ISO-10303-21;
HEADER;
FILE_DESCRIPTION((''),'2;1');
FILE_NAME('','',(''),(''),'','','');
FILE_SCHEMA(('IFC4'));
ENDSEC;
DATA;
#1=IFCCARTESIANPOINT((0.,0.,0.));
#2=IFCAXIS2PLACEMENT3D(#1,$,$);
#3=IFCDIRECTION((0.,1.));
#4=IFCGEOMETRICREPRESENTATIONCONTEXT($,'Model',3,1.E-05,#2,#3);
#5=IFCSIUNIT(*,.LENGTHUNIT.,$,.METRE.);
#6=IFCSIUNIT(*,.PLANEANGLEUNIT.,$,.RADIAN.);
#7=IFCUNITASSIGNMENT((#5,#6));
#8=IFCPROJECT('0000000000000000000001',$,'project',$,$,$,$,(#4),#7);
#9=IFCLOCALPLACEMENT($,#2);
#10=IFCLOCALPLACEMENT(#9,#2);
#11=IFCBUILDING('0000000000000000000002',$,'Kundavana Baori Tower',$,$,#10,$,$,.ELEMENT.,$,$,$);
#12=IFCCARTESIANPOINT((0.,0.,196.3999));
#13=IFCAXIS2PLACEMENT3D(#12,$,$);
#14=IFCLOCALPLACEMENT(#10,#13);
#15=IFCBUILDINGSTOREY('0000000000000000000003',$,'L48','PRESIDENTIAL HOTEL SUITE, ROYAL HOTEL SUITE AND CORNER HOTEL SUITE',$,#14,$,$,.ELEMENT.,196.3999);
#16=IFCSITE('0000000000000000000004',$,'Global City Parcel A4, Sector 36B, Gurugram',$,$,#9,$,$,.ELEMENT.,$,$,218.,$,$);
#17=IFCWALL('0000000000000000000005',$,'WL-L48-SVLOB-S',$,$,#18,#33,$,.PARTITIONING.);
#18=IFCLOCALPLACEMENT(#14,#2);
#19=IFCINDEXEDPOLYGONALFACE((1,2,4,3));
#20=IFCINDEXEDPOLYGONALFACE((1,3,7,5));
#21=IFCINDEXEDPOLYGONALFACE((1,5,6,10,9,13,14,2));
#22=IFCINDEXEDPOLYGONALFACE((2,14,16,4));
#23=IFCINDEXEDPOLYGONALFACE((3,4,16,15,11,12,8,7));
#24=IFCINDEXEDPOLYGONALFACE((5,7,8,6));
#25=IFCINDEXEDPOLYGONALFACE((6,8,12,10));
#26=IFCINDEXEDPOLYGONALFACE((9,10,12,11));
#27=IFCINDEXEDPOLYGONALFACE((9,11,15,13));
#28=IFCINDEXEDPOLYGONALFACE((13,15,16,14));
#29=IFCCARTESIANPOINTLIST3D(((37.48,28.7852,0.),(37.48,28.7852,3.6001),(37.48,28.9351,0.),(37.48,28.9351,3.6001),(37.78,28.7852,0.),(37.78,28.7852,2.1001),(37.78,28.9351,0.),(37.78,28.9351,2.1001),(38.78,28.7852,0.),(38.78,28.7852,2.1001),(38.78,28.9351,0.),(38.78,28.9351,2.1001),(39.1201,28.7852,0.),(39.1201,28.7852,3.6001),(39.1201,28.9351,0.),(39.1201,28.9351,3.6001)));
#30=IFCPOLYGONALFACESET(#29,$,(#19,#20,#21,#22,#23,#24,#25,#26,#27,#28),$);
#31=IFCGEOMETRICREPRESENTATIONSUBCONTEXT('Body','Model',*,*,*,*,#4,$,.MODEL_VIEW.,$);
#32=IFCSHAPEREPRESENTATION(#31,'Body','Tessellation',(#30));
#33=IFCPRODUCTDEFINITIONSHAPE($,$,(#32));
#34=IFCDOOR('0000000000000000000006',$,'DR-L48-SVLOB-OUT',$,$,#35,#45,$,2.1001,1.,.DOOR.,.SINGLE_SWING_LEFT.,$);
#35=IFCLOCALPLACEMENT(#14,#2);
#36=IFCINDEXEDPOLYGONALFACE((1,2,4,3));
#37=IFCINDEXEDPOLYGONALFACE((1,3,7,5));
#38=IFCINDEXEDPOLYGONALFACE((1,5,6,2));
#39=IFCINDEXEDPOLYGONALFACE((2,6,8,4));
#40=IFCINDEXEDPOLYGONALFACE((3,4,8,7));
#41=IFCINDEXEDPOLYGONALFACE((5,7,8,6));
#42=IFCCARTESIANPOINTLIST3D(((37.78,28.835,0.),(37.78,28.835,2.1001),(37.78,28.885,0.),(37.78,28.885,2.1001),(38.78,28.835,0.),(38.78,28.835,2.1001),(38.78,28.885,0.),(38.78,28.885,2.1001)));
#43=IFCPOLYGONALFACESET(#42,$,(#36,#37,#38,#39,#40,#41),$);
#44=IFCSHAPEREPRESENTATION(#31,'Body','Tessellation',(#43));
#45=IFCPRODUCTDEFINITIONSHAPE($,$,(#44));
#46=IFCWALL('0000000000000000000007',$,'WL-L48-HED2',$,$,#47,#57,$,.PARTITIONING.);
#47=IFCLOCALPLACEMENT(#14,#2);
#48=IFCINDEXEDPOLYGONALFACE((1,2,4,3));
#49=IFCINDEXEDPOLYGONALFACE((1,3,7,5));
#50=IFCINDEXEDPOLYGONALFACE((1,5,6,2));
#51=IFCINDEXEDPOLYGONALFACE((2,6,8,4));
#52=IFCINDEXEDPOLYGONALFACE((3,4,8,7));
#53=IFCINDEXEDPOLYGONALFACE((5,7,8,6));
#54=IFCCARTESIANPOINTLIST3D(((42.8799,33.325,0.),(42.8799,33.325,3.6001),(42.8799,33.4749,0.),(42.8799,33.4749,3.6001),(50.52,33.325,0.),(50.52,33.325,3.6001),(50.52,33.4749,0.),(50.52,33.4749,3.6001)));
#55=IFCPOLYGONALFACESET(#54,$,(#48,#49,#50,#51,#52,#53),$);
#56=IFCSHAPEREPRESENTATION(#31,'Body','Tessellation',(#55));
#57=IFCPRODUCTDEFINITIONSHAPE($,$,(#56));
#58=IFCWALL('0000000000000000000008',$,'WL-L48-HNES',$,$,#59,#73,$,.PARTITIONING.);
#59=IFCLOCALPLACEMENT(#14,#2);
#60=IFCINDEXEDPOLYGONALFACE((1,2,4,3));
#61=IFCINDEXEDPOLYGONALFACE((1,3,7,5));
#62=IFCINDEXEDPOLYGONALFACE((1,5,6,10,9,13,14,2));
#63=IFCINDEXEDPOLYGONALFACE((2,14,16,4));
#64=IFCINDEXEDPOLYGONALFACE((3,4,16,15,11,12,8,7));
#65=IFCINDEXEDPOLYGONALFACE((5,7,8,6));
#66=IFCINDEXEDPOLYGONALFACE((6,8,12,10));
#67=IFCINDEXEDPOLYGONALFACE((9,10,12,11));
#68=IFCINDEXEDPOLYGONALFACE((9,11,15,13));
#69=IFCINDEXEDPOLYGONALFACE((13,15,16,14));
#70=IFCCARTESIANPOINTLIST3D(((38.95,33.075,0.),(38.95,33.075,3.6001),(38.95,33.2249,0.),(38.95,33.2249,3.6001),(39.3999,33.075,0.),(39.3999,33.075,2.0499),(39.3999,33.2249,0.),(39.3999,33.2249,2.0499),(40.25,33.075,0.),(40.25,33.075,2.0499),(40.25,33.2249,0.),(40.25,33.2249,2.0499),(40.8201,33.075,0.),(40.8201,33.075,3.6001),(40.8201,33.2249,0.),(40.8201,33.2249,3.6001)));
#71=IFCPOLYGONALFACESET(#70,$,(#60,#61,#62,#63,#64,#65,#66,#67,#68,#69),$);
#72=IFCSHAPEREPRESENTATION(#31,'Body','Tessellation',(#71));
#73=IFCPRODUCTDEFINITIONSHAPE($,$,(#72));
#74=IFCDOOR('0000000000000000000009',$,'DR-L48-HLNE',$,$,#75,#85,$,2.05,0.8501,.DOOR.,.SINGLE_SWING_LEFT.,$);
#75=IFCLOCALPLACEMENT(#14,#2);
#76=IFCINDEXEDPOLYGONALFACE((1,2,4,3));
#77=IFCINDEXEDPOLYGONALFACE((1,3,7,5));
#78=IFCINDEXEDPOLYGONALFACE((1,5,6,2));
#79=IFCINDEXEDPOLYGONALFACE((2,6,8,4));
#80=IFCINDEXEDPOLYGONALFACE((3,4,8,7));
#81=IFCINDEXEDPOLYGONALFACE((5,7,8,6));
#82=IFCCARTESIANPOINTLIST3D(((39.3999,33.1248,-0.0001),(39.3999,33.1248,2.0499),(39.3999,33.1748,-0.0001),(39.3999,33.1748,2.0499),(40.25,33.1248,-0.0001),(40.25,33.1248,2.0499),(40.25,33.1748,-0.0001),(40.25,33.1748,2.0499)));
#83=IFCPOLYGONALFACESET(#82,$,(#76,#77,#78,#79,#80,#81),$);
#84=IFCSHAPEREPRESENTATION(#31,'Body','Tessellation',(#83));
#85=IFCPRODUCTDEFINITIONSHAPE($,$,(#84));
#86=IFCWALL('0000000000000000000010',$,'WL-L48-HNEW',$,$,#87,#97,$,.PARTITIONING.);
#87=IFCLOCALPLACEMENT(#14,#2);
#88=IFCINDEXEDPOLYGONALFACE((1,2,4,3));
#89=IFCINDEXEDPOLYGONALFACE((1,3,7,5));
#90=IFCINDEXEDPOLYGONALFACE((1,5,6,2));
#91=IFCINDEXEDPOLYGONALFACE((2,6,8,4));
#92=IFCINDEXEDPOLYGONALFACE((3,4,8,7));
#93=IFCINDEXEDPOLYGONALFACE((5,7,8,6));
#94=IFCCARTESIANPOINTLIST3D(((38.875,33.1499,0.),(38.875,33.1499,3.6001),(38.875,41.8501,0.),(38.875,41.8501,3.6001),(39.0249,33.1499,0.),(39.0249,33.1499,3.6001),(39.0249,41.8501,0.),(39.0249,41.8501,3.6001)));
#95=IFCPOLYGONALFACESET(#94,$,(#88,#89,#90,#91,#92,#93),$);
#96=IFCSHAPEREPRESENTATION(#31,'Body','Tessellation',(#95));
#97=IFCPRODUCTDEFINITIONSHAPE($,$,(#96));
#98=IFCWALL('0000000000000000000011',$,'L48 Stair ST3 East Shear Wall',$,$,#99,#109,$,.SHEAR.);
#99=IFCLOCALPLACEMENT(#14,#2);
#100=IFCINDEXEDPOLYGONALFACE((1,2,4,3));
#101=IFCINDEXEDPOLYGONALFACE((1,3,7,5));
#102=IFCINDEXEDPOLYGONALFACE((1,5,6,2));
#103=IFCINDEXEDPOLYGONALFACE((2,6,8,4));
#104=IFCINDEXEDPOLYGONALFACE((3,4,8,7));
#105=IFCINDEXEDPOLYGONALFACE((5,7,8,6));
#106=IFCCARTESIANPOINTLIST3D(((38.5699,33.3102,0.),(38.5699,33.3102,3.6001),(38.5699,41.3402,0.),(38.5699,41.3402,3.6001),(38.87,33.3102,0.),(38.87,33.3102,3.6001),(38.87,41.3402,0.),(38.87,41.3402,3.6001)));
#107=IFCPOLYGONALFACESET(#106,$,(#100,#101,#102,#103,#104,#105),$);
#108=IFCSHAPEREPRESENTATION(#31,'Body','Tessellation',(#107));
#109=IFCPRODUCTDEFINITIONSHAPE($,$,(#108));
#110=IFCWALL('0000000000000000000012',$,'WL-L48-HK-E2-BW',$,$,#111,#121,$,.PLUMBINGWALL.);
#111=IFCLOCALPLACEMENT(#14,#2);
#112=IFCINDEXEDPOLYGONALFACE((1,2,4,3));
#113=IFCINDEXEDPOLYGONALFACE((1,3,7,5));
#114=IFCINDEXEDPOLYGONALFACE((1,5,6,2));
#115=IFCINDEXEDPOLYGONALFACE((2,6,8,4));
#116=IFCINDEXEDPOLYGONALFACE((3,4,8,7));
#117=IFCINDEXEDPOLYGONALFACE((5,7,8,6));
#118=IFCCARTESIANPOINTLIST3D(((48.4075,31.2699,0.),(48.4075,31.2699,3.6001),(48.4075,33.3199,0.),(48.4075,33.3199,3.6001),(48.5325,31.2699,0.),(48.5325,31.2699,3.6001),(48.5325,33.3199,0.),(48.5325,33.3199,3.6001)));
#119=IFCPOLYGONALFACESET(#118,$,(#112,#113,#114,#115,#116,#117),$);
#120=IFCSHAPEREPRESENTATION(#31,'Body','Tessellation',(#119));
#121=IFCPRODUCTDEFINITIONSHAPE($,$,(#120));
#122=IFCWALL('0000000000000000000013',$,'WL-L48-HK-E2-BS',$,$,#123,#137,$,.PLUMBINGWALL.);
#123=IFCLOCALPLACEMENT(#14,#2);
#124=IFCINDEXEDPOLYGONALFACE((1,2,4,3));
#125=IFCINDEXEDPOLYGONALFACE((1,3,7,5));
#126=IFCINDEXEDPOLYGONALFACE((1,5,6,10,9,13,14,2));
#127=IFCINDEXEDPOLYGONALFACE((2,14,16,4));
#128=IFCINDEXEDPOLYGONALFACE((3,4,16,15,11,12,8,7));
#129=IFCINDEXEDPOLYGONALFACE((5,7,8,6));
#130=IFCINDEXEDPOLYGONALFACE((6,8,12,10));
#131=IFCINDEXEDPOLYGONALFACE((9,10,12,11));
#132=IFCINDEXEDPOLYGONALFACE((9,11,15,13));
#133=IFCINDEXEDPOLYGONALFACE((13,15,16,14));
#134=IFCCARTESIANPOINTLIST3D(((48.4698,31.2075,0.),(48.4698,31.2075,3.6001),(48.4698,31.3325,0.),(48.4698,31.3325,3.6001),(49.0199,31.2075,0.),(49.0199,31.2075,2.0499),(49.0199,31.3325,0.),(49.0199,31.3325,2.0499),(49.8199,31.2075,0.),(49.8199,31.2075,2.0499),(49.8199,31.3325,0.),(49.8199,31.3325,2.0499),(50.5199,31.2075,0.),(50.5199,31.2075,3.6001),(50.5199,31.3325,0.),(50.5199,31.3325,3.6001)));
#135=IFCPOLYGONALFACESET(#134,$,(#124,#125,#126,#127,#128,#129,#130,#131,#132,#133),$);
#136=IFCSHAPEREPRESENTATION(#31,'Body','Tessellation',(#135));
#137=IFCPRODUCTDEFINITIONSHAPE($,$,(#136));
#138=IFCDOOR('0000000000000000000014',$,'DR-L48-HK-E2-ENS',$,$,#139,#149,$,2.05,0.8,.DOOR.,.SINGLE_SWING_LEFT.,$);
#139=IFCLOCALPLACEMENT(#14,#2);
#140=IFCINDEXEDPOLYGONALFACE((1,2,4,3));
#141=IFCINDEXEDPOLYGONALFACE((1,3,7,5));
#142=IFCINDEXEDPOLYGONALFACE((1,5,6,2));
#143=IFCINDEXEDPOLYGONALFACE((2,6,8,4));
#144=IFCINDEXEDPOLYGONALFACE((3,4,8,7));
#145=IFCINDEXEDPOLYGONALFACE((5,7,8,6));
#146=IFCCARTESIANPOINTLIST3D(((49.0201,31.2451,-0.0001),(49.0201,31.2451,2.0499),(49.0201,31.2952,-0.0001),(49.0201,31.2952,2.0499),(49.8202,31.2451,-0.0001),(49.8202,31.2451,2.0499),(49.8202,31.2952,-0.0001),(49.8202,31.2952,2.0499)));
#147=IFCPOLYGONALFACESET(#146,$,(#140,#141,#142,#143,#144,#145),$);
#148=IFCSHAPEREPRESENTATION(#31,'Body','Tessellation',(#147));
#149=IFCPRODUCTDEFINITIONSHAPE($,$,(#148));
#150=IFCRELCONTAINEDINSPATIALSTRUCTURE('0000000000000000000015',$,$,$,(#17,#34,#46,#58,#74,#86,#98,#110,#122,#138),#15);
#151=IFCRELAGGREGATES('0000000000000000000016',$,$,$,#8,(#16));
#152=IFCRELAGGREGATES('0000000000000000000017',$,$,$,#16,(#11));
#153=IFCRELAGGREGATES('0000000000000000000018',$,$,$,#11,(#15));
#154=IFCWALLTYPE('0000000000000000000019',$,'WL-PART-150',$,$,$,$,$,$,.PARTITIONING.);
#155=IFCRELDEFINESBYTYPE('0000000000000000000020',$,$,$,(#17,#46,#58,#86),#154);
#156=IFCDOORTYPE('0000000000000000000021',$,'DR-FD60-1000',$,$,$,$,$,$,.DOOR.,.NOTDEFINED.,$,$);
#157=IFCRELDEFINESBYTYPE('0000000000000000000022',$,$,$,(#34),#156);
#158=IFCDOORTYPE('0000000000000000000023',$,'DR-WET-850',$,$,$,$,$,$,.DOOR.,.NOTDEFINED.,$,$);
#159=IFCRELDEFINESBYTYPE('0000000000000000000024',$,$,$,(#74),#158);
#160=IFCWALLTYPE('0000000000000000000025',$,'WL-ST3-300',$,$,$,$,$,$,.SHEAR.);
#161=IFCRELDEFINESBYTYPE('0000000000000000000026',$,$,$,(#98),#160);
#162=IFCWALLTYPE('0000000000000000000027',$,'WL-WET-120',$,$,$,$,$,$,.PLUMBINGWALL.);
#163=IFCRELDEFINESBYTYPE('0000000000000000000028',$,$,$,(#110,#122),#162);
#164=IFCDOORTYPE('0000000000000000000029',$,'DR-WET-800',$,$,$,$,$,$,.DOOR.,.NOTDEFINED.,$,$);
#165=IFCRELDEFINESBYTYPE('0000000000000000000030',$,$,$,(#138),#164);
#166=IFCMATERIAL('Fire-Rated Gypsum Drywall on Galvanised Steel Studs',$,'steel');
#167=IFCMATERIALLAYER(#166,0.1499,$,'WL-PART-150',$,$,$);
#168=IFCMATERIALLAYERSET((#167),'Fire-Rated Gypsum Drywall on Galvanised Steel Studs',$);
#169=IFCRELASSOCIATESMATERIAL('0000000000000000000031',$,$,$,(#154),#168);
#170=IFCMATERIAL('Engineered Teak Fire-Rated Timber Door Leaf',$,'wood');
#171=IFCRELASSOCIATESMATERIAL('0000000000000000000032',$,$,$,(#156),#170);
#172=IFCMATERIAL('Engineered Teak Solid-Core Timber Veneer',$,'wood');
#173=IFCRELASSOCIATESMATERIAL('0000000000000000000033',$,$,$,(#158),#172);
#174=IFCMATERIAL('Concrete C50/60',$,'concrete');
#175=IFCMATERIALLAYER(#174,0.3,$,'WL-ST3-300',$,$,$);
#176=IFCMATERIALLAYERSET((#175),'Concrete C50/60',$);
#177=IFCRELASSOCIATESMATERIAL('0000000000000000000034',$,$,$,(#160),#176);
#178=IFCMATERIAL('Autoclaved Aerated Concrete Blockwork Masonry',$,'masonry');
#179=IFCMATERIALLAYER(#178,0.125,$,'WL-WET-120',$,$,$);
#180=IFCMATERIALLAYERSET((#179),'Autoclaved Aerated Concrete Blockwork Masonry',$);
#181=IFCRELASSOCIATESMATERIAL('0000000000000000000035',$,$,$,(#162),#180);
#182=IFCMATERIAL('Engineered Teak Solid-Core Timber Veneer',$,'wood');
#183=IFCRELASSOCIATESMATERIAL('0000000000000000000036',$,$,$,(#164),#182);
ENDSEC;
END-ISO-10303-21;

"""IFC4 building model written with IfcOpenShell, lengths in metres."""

from ifc_helpers import new_model, si_unit, direction, frame, frame_2d, origin, place, context, subcontext, project, spatial, rectangle, extrude, material, layer, layer_set, type_object, element, fill, save


model = new_model("IFC4")

# Units and contexts
model_context = context("Model", 3, precision=1e-05, world=origin(), true_north=direction((0.0, 1.0)))
body_context = subcontext(model_context, "Body", "Model", "MODEL_VIEW")
ifc_project = project(units=[si_unit("LENGTHUNIT", "METRE"), si_unit("PLANEANGLEUNIT", "RADIAN")], contexts=[model_context])

# Site, building, storey
site_placement = place(None, origin())
site = spatial("IfcSite", under=ifc_project, at=site_placement, Name="Global City Parcel A4, Sector 36B, Gurugram", CompositionType="ELEMENT", RefElevation=218.0)
building_placement = place(site_placement, origin())
building = spatial("IfcBuilding", under=site, at=building_placement, Name="Kundavana Baori Tower", CompositionType="ELEMENT")
storey_placement = place(building_placement, frame((0.0, 0.0, 196.3999)))
storey = spatial("IfcBuildingStorey", under=building, at=storey_placement, Name="L48", Description="PRESIDENTIAL HOTEL SUITE, ROYAL HOTEL SUITE AND CORNER HOTEL SUITE", CompositionType="ELEMENT", Elevation=196.3999)

# Shared definitions
ifc_material_1 = material(Name="Fire-Rated Gypsum Drywall on Galvanised Steel Studs", Category="steel")
ifc_layer_1 = layer(ifc_material_1, 0.1499, Name="WL-PART-150")
ifc_layer_set_1 = layer_set([ifc_layer_1], Name="Fire-Rated Gypsum Drywall on Galvanised Steel Studs")
wall_type_1 = type_object("IfcWallType", Name="WL-PART-150", PredefinedType="PARTITIONING", material=ifc_layer_set_1)

# Wall, opening, door
wall_1_placement = place(storey_placement, frame((37.48, 28.8601, 0.0), z_axis=(0.0, 0.0, 1.0), x_axis=(1.0, 0.0, 0.0)))
wall_1 = element("IfcWall", 1, at=wall_1_placement, inside=storey, type_object=wall_type_1, Name="WL-L48-SVLOB-S", PredefinedType="PARTITIONING", context=body_context, shape_type="SweptSolid", body=[
    extrude(rectangle(XDim=1.6401, YDim=0.1499, at=frame_2d((0.8201, 0.0))), origin(), (0.0, 0.0, 1.0), 3.6001),
])
opening_1_placement = place(wall_1_placement, frame((0.3, 0.0, 0.0)))
opening_1 = element("IfcOpeningElement", 2, at=opening_1_placement, cuts=wall_1, PredefinedType="OPENING", context=body_context, shape_type="SweptSolid", body=[
    extrude(rectangle(XDim=1.0, YDim=2.1001, at=frame_2d((0.5, 1.05))), frame((0.0, 0.085, 0.0), z_axis=(0.0, -1.0, 0.0), x_axis=(1.0, 0.0, 0.0)), (0.0, 0.0, 1.0), 0.1699),
])
ifc_material_2 = material(Name="Engineered Teak Fire-Rated Timber Door Leaf", Category="wood")
door_type_1 = type_object("IfcDoorType", Name="DR-FD60-1000", OperationType="NOTDEFINED", PredefinedType="DOOR", material=ifc_material_2)
door_1_placement = place(opening_1_placement, origin())
door_1 = element("IfcDoor", 3, at=door_1_placement, inside=storey, type_object=door_type_1, Name="DR-L48-SVLOB-OUT", OperationType="SINGLE_SWING_LEFT", OverallHeight=2.1001, OverallWidth=1.0, PredefinedType="DOOR", context=body_context, shape_type="SweptSolid", body=[
    extrude(rectangle(XDim=1.0, YDim=2.1001, at=frame_2d((0.5, 1.05))), frame((0.0, 0.0249, 0.0), z_axis=(0.0, -1.0, 0.0), x_axis=(1.0, 0.0, 0.0)), (0.0, 0.0, 1.0), 0.05),
])
fill(opening_1, door_1)

# Wall
wall_2_placement = place(storey_placement, frame((42.8799, 33.3999, 0.0), z_axis=(0.0, 0.0, 1.0), x_axis=(1.0, 0.0, 0.0)))
element("IfcWall", 4, at=wall_2_placement, inside=storey, type_object=wall_type_1, Name="WL-L48-HED2", PredefinedType="PARTITIONING", context=body_context, shape_type="SweptSolid", body=[
    extrude(rectangle(XDim=7.6401, YDim=0.1499, at=frame_2d((3.8201, 0.0))), origin(), (0.0, 0.0, 1.0), 3.6001),
])

# Wall, opening, door
wall_3_placement = place(storey_placement, frame((38.95, 33.1499, 0.0), z_axis=(0.0, 0.0, 1.0), x_axis=(1.0, 0.0, 0.0)))
wall_3 = element("IfcWall", 5, at=wall_3_placement, inside=storey, type_object=wall_type_1, Name="WL-L48-HNES", PredefinedType="PARTITIONING", context=body_context, shape_type="SweptSolid", body=[
    extrude(rectangle(XDim=1.8701, YDim=0.1499, at=frame_2d((0.9351, 0.0))), origin(), (0.0, 0.0, 1.0), 3.6001),
])
opening_2_placement = place(wall_3_placement, frame((0.45, 0.0, 0.0)))
opening_2 = element("IfcOpeningElement", 6, at=opening_2_placement, cuts=wall_3, PredefinedType="OPENING", context=body_context, shape_type="SweptSolid", body=[
    extrude(rectangle(XDim=0.8501, YDim=2.05, at=frame_2d((0.425, 1.0249))), frame((0.0, 0.085, 0.0), z_axis=(0.0, -1.0, 0.0), x_axis=(1.0, 0.0, 0.0)), (0.0, 0.0, 1.0), 0.1699),
])
ifc_material_3 = material(Name="Engineered Teak Solid-Core Timber Veneer", Category="wood")
door_type_2 = type_object("IfcDoorType", Name="DR-WET-850", OperationType="NOTDEFINED", PredefinedType="DOOR", material=ifc_material_3)
door_2_placement = place(opening_2_placement, origin())
door_2 = element("IfcDoor", 7, at=door_2_placement, inside=storey, type_object=door_type_2, Name="DR-L48-HLNE", OperationType="SINGLE_SWING_LEFT", OverallHeight=2.05, OverallWidth=0.8501, PredefinedType="DOOR", context=body_context, shape_type="SweptSolid", body=[
    extrude(rectangle(XDim=0.8501, YDim=2.05, at=frame_2d((0.425, 1.0249))), frame((0.0, 0.0249, 0.0), z_axis=(0.0, -1.0, 0.0), x_axis=(1.0, 0.0, 0.0)), (0.0, 0.0, 1.0), 0.05),
])
fill(opening_2, door_2)

# Wall
wall_4_placement = place(storey_placement, frame((38.95, 33.1499, 0.0), z_axis=(0.0, 0.0, 1.0), x_axis=(0.0, 1.0, 0.0)))
element("IfcWall", 8, at=wall_4_placement, inside=storey, type_object=wall_type_1, Name="WL-L48-HNEW", PredefinedType="PARTITIONING", context=body_context, shape_type="SweptSolid", body=[
    extrude(rectangle(XDim=8.7002, YDim=0.1499, at=frame_2d((4.3501, 0.0))), origin(), (0.0, 0.0, 1.0), 3.6001),
])

# Walls
ifc_material_4 = material(Name="Concrete C50/60", Category="concrete")
ifc_layer_2 = layer(ifc_material_4, 0.3, Name="WL-ST3-300")
ifc_layer_set_2 = layer_set([ifc_layer_2], Name="Concrete C50/60")
wall_type_2 = type_object("IfcWallType", Name="WL-ST3-300", PredefinedType="SHEAR", material=ifc_layer_set_2)
wall_5_placement = place(storey_placement, frame((38.72, 33.3101, 0.0), z_axis=(0.0, 0.0, 1.0), x_axis=(0.0, 1.0, 0.0)))
element("IfcWall", 9, at=wall_5_placement, inside=storey, type_object=wall_type_2, Name="L48 Stair ST3 East Shear Wall", PredefinedType="SHEAR", context=body_context, shape_type="SweptSolid", body=[
    extrude(rectangle(XDim=8.03, YDim=0.3, at=frame_2d((4.0151, 0.0))), origin(), (0.0, 0.0, 1.0), 3.6001),
])
ifc_material_5 = material(Name="Autoclaved Aerated Concrete Blockwork Masonry", Category="masonry")
ifc_layer_3 = layer(ifc_material_5, 0.125, Name="WL-WET-120")
ifc_layer_set_3 = layer_set([ifc_layer_3], Name="Autoclaved Aerated Concrete Blockwork Masonry")
wall_type_3 = type_object("IfcWallType", Name="WL-WET-120", PredefinedType="PLUMBINGWALL", material=ifc_layer_set_3)
wall_6_placement = place(storey_placement, frame((48.47, 31.27, 0.0), z_axis=(0.0, 0.0, 1.0), x_axis=(0.0, 1.0, 0.0)))
element("IfcWall", 10, at=wall_6_placement, inside=storey, type_object=wall_type_3, Name="WL-L48-HK-E2-BW", PredefinedType="PLUMBINGWALL", context=body_context, shape_type="SweptSolid", body=[
    extrude(rectangle(XDim=2.05, YDim=0.125, at=frame_2d((1.0249, 0.0))), origin(), (0.0, 0.0, 1.0), 3.6001),
])

# Wall, opening, door
wall_7_placement = place(storey_placement, frame((48.47, 31.27, 0.0), z_axis=(0.0, 0.0, 1.0), x_axis=(1.0, 0.0, 0.0)))
wall_7 = element("IfcWall", 11, at=wall_7_placement, inside=storey, type_object=wall_type_3, Name="WL-L48-HK-E2-BS", PredefinedType="PLUMBINGWALL", context=body_context, shape_type="SweptSolid", body=[
    extrude(rectangle(XDim=2.05, YDim=0.125, at=frame_2d((1.0249, 0.0))), origin(), (0.0, 0.0, 1.0), 3.6001),
])
opening_3_placement = place(wall_7_placement, frame((0.55, 0.0, 0.0)))
opening_3 = element("IfcOpeningElement", 12, at=opening_3_placement, cuts=wall_7, PredefinedType="OPENING", context=body_context, shape_type="SweptSolid", body=[
    extrude(rectangle(XDim=0.8, YDim=2.05, at=frame_2d((0.3999, 1.0249))), frame((0.0, 0.0725, 0.0), z_axis=(0.0, -1.0, 0.0), x_axis=(1.0, 0.0, 0.0)), (0.0, 0.0, 1.0), 0.145),
])
ifc_material_6 = material(Name="Engineered Teak Solid-Core Timber Veneer", Category="wood")
door_type_3 = type_object("IfcDoorType", Name="DR-WET-800", OperationType="NOTDEFINED", PredefinedType="DOOR", material=ifc_material_6)
door_3_placement = place(opening_3_placement, frame((0.8, 0.0, 0.0), z_axis=(0.0, 0.0, 1.0), x_axis=(-1.0, 0.0, 0.0)))
door_3 = element("IfcDoor", 13, at=door_3_placement, inside=storey, type_object=door_type_3, Name="DR-L48-HK-E2-ENS", OperationType="SINGLE_SWING_LEFT", OverallHeight=2.05, OverallWidth=0.8, PredefinedType="DOOR", context=body_context, shape_type="SweptSolid", body=[
    extrude(rectangle(XDim=0.8, YDim=2.05, at=frame_2d((0.3999, 1.0249))), frame((0.0, 0.0249, 0.0), z_axis=(0.0, -1.0, 0.0), x_axis=(1.0, 0.0, 0.0)), (0.0, 0.0, 1.0), 0.05),
])
fill(opening_3, door_3)

save(model, "model.ifc")
